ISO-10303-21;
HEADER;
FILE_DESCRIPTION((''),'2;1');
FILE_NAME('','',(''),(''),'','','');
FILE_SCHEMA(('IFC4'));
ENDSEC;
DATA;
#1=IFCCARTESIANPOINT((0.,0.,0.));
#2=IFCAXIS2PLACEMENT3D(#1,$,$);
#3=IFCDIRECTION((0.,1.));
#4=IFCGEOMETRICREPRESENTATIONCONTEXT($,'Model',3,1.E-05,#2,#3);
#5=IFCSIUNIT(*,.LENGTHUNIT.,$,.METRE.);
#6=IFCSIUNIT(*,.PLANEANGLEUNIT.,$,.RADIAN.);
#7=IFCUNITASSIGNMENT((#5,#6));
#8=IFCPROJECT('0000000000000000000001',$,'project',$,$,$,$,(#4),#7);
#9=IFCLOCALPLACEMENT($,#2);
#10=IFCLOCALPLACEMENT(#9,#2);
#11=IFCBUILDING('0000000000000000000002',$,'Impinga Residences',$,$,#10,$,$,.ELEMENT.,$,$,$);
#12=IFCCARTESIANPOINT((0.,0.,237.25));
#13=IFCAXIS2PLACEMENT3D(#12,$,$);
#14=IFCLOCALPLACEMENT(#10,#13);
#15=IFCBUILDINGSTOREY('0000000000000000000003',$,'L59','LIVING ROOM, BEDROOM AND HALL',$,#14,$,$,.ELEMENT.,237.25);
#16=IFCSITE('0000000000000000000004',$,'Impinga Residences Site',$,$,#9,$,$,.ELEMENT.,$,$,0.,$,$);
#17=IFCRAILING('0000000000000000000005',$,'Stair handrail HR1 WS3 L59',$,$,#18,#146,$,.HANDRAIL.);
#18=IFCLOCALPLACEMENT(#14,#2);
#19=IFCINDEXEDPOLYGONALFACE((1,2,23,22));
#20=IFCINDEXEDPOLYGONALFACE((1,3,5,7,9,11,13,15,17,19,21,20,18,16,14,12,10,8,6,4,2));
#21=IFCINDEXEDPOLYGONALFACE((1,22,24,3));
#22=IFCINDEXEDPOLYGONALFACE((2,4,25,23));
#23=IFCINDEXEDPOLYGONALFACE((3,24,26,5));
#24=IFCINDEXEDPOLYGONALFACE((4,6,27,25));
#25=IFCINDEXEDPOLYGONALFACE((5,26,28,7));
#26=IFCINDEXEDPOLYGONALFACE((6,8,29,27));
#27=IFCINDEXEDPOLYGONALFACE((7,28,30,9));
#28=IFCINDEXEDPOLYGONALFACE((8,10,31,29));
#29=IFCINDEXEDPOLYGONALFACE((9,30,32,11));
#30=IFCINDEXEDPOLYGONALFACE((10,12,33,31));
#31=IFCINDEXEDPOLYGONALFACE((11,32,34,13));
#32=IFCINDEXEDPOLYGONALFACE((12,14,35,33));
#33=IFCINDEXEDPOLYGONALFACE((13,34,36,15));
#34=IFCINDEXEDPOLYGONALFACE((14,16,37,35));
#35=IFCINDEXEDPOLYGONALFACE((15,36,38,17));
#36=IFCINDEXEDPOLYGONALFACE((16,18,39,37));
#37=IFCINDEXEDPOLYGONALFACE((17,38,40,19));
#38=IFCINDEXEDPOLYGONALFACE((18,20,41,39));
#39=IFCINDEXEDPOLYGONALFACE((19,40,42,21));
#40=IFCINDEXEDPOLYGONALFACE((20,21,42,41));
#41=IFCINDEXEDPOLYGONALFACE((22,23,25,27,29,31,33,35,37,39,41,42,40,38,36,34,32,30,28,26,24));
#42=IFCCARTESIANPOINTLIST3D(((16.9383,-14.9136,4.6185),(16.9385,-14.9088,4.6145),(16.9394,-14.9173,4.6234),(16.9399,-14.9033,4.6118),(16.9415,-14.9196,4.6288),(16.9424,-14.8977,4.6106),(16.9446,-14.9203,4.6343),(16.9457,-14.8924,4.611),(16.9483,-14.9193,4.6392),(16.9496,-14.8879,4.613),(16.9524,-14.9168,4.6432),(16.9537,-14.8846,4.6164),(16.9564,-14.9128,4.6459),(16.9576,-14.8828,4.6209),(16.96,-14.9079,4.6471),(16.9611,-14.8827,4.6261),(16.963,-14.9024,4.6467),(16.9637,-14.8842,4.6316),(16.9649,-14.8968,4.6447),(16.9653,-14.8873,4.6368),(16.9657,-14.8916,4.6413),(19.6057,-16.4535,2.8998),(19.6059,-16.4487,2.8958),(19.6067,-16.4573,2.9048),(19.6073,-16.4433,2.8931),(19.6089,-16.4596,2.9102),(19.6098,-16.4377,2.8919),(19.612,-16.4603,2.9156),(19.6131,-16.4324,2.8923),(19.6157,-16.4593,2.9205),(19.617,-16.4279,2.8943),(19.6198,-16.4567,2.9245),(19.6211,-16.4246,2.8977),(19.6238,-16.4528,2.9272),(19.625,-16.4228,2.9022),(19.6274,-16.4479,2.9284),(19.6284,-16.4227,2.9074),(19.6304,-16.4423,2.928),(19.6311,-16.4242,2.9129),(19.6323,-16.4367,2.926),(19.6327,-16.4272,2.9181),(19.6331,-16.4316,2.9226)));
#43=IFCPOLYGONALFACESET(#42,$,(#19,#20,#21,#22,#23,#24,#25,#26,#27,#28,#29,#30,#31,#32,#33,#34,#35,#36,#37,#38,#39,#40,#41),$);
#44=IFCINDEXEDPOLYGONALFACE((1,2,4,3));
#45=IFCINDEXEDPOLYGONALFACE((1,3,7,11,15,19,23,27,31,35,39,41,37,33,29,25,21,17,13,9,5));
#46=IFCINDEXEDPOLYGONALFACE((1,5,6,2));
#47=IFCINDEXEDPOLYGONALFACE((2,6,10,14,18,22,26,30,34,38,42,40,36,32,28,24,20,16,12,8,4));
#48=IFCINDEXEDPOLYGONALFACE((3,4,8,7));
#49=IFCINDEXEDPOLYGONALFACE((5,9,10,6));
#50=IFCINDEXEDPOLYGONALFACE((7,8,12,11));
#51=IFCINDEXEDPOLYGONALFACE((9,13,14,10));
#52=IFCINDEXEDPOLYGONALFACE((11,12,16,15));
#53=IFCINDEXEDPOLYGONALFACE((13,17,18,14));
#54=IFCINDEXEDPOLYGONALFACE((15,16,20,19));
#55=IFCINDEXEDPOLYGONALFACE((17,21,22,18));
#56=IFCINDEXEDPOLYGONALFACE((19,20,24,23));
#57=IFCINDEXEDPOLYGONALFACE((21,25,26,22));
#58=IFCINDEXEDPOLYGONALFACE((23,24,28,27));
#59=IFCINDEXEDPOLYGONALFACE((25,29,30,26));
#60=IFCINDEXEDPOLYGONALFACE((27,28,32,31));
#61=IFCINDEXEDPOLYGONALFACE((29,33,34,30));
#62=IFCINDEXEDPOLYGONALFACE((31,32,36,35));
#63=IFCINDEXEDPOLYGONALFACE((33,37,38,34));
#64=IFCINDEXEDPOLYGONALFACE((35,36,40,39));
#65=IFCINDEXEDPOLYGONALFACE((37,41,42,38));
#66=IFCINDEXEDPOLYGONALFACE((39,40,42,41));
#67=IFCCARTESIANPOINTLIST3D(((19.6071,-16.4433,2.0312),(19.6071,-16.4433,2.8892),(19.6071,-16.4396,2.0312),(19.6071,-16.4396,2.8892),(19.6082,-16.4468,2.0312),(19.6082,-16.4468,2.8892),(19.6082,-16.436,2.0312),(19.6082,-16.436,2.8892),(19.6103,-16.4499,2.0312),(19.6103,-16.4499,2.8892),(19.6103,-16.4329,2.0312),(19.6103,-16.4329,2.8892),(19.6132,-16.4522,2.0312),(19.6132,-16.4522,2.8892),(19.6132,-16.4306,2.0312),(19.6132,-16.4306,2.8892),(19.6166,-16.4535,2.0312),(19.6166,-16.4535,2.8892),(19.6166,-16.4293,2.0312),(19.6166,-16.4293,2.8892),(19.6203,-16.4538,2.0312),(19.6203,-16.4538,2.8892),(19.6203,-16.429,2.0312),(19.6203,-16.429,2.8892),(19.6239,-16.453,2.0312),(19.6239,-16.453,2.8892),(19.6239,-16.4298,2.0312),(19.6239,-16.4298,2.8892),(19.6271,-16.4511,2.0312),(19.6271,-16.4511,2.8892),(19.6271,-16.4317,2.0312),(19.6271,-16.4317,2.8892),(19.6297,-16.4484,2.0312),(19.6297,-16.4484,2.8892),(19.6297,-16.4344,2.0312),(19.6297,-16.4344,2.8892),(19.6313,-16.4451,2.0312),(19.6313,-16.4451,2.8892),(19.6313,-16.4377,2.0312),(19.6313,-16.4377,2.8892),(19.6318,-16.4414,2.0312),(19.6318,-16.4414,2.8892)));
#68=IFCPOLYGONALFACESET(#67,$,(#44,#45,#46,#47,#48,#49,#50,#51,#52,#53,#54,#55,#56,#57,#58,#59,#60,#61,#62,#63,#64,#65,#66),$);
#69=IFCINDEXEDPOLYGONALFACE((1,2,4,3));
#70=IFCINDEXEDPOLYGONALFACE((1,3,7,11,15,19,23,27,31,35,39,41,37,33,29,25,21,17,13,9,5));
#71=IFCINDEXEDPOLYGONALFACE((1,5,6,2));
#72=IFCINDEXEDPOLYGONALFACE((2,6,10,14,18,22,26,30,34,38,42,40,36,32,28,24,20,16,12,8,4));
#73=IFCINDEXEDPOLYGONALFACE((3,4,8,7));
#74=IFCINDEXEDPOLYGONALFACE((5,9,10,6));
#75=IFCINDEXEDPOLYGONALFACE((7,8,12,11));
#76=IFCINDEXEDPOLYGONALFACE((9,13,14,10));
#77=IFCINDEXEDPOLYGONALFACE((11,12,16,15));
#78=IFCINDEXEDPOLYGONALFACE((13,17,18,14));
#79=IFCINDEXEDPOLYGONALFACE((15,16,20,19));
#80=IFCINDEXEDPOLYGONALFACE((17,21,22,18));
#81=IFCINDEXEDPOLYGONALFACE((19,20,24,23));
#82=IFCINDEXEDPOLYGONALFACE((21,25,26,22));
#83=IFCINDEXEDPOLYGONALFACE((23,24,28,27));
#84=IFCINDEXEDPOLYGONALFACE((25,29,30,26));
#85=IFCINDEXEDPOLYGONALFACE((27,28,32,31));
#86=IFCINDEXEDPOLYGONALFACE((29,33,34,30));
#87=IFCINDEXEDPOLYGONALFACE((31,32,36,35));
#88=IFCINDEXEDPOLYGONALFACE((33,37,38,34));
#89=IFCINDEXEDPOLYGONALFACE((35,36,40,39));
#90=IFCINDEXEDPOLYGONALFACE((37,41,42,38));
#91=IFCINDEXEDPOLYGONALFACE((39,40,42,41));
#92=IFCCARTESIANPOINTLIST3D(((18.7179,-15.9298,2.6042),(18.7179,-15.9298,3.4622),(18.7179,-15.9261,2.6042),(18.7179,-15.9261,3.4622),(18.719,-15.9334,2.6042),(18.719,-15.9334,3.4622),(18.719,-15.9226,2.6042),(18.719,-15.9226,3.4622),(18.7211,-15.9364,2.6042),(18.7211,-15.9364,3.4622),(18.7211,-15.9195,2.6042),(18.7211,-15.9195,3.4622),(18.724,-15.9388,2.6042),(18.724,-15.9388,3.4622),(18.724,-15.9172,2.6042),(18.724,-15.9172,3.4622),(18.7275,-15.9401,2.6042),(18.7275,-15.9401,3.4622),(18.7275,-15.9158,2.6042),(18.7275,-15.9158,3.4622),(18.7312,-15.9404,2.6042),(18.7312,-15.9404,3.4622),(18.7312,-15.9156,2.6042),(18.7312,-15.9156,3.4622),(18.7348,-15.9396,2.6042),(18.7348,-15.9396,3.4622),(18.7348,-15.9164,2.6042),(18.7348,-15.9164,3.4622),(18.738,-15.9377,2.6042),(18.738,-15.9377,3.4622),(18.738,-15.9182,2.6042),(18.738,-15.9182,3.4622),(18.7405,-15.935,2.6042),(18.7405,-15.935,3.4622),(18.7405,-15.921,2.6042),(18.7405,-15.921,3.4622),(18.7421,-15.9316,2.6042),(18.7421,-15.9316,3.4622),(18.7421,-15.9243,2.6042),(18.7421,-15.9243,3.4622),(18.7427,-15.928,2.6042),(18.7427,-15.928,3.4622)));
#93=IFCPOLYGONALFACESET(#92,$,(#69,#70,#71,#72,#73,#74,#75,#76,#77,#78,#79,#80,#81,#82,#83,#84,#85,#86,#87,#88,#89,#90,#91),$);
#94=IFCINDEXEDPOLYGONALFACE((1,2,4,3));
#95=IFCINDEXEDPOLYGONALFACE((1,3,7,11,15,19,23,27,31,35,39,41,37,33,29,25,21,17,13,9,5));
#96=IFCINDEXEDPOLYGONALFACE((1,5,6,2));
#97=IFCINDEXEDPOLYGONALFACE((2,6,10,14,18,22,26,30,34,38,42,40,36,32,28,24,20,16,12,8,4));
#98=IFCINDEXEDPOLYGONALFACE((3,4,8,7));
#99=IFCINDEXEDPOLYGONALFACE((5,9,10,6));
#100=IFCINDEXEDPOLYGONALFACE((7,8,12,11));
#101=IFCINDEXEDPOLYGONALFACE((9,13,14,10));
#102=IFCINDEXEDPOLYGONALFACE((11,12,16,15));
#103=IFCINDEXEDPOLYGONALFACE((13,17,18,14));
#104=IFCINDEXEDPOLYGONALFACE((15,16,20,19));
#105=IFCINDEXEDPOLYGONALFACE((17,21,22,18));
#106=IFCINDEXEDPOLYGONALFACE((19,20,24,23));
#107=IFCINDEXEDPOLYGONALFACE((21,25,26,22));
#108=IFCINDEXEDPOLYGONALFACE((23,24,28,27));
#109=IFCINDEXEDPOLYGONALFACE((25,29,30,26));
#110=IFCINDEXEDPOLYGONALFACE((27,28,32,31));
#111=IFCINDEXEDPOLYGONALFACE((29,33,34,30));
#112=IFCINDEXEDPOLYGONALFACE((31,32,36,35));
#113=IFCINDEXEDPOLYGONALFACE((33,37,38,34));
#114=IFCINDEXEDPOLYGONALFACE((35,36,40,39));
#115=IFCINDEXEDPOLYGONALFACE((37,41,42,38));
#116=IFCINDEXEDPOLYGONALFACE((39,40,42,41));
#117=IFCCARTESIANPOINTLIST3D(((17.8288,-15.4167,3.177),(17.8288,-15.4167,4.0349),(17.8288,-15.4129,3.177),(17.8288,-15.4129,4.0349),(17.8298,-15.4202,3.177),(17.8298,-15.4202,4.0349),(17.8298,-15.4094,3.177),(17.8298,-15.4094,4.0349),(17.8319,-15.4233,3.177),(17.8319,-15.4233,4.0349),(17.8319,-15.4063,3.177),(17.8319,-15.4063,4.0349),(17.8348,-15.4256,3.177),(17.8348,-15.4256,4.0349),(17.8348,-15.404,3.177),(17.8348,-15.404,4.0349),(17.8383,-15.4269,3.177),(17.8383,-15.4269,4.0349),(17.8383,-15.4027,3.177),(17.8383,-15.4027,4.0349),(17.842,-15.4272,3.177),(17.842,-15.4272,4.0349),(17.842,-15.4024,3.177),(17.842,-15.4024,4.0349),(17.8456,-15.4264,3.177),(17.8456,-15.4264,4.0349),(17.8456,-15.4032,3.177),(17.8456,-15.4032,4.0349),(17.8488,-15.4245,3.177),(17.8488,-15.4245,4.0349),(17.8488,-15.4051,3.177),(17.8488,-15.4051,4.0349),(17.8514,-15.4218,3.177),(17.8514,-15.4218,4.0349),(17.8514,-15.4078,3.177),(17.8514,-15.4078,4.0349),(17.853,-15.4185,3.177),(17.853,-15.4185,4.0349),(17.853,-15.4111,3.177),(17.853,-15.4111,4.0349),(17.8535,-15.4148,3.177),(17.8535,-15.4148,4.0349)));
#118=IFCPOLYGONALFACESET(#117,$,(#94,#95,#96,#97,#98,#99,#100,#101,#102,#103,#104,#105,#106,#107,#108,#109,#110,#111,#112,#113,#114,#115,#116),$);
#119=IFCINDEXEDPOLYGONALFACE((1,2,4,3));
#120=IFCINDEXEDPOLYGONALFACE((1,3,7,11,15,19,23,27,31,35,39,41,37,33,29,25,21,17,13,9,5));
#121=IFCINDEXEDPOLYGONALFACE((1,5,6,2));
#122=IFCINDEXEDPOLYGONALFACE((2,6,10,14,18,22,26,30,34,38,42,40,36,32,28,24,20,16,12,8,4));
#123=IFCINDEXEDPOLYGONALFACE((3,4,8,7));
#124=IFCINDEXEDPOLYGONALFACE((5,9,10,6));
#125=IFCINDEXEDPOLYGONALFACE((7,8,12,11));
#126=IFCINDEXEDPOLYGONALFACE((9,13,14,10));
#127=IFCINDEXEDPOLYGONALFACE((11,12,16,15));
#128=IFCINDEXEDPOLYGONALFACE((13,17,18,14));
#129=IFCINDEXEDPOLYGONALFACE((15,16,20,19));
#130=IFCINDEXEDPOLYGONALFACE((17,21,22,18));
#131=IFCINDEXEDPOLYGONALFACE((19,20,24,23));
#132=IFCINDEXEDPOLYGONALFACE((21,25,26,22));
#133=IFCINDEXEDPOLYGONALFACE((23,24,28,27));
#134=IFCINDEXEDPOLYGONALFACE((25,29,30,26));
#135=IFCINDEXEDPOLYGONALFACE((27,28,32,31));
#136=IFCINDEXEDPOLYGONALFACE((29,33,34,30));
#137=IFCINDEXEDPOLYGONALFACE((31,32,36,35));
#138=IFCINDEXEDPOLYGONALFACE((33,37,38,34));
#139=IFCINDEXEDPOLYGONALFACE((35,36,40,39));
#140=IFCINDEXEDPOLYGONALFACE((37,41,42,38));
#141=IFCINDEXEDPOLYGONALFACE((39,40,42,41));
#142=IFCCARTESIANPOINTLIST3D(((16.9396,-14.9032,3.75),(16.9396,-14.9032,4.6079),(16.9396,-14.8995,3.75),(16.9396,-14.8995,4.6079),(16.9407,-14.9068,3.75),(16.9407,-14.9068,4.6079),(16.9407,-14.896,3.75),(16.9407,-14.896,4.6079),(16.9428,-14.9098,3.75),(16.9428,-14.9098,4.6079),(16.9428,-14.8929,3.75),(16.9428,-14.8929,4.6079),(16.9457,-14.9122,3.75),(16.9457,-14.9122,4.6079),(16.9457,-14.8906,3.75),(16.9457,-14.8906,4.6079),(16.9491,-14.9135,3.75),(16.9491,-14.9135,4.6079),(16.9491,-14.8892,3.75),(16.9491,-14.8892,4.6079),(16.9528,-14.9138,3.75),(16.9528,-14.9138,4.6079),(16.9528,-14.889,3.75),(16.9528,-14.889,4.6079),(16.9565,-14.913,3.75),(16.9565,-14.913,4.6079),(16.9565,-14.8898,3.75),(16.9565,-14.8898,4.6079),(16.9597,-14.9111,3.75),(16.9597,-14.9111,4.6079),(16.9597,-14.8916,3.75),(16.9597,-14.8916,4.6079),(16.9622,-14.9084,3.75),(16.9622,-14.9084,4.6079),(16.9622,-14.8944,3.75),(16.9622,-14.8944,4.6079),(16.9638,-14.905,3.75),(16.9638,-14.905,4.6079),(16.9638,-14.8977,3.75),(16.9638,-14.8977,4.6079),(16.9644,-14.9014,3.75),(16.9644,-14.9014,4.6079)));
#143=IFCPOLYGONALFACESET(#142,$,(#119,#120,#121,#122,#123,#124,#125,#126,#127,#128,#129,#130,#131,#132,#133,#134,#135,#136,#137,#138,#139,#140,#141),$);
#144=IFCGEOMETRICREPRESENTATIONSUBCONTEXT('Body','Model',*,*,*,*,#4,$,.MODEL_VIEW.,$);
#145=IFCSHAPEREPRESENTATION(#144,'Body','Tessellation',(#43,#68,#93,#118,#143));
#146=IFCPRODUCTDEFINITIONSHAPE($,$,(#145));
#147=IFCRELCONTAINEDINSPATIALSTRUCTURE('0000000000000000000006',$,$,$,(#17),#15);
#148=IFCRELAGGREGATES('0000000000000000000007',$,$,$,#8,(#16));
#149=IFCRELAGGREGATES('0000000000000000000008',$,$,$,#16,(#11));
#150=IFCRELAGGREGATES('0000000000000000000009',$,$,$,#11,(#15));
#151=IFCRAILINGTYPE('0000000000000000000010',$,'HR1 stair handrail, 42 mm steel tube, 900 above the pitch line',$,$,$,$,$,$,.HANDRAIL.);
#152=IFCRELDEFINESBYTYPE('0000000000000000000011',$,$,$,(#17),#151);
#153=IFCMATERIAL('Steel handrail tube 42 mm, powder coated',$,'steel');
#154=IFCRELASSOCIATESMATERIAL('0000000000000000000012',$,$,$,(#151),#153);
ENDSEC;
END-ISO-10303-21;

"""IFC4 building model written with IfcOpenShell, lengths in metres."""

from ifc_helpers import new_model, si_unit, direction, frame, origin, origin_2d, place, context, subcontext, project, spatial, circle, extrude, material, type_object, element, save


model = new_model("IFC4")

# Units and contexts
model_context = context("Model", 3, precision=1e-05, world=origin(), true_north=direction((0.0, 1.0)))
body_context = subcontext(model_context, "Body", "Model", "MODEL_VIEW")
ifc_project = project(units=[si_unit("LENGTHUNIT", "METRE"), si_unit("PLANEANGLEUNIT", "RADIAN")], contexts=[model_context])

# Site, building, storey
site_placement = place(None, origin())
site = spatial("IfcSite", under=ifc_project, at=site_placement, Name="Impinga Residences Site", CompositionType="ELEMENT", RefElevation=0.0)
building_placement = place(site_placement, origin())
building = spatial("IfcBuilding", under=site, at=building_placement, Name="Impinga Residences", CompositionType="ELEMENT")
storey_placement = place(building_placement, frame((0.0, 0.0, 237.25)))
storey = spatial("IfcBuildingStorey", under=building, at=storey_placement, Name="L59", Description="LIVING ROOM, BEDROOM AND HALL", CompositionType="ELEMENT", Elevation=237.25)

# Railing
ifc_material_1 = material(Name="Steel handrail tube 42 mm, powder coated", Category="steel")
railing_type_1 = type_object("IfcRailingType", Name="HR1 stair handrail, 42 mm steel tube, 900 above the pitch line", PredefinedType="HANDRAIL", material=ifc_material_1)
railing_1_placement = place(storey_placement, frame((19.6194, -16.4414, 2.0312)))
element("IfcRailing", 1, at=railing_1_placement, inside=storey, type_object=railing_type_1, Name="Stair handrail HR1 WS3 L59", PredefinedType="HANDRAIL", context=body_context, shape_type="SweptSolid", body=[
    extrude(circle(Radius=0.021, at=origin_2d()), frame((0.0, 0.0, 0.8789), z_axis=(-0.756256, 0.436616, 0.487282), x_axis=(-0.499992, -0.86603, 0.0)), (0.0, 0.0, 1.0), 3.5271),
    extrude(circle(Radius=0.0125, at=origin_2d()), origin(), (0.0, 0.0, 1.0), 0.8579),
    extrude(circle(Radius=0.0125, at=origin_2d()), frame((-0.8892, 0.5134, 0.573)), (0.0, 0.0, 1.0), 0.8579),
    extrude(circle(Radius=0.0125, at=origin_2d()), frame((-1.7783, 1.0266, 1.1458)), (0.0, 0.0, 1.0), 0.8579),
    extrude(circle(Radius=0.0125, at=origin_2d()), frame((-2.6675, 1.54, 1.7188)), (0.0, 0.0, 1.0), 0.8579),
])

save(model, "model.ifc")
